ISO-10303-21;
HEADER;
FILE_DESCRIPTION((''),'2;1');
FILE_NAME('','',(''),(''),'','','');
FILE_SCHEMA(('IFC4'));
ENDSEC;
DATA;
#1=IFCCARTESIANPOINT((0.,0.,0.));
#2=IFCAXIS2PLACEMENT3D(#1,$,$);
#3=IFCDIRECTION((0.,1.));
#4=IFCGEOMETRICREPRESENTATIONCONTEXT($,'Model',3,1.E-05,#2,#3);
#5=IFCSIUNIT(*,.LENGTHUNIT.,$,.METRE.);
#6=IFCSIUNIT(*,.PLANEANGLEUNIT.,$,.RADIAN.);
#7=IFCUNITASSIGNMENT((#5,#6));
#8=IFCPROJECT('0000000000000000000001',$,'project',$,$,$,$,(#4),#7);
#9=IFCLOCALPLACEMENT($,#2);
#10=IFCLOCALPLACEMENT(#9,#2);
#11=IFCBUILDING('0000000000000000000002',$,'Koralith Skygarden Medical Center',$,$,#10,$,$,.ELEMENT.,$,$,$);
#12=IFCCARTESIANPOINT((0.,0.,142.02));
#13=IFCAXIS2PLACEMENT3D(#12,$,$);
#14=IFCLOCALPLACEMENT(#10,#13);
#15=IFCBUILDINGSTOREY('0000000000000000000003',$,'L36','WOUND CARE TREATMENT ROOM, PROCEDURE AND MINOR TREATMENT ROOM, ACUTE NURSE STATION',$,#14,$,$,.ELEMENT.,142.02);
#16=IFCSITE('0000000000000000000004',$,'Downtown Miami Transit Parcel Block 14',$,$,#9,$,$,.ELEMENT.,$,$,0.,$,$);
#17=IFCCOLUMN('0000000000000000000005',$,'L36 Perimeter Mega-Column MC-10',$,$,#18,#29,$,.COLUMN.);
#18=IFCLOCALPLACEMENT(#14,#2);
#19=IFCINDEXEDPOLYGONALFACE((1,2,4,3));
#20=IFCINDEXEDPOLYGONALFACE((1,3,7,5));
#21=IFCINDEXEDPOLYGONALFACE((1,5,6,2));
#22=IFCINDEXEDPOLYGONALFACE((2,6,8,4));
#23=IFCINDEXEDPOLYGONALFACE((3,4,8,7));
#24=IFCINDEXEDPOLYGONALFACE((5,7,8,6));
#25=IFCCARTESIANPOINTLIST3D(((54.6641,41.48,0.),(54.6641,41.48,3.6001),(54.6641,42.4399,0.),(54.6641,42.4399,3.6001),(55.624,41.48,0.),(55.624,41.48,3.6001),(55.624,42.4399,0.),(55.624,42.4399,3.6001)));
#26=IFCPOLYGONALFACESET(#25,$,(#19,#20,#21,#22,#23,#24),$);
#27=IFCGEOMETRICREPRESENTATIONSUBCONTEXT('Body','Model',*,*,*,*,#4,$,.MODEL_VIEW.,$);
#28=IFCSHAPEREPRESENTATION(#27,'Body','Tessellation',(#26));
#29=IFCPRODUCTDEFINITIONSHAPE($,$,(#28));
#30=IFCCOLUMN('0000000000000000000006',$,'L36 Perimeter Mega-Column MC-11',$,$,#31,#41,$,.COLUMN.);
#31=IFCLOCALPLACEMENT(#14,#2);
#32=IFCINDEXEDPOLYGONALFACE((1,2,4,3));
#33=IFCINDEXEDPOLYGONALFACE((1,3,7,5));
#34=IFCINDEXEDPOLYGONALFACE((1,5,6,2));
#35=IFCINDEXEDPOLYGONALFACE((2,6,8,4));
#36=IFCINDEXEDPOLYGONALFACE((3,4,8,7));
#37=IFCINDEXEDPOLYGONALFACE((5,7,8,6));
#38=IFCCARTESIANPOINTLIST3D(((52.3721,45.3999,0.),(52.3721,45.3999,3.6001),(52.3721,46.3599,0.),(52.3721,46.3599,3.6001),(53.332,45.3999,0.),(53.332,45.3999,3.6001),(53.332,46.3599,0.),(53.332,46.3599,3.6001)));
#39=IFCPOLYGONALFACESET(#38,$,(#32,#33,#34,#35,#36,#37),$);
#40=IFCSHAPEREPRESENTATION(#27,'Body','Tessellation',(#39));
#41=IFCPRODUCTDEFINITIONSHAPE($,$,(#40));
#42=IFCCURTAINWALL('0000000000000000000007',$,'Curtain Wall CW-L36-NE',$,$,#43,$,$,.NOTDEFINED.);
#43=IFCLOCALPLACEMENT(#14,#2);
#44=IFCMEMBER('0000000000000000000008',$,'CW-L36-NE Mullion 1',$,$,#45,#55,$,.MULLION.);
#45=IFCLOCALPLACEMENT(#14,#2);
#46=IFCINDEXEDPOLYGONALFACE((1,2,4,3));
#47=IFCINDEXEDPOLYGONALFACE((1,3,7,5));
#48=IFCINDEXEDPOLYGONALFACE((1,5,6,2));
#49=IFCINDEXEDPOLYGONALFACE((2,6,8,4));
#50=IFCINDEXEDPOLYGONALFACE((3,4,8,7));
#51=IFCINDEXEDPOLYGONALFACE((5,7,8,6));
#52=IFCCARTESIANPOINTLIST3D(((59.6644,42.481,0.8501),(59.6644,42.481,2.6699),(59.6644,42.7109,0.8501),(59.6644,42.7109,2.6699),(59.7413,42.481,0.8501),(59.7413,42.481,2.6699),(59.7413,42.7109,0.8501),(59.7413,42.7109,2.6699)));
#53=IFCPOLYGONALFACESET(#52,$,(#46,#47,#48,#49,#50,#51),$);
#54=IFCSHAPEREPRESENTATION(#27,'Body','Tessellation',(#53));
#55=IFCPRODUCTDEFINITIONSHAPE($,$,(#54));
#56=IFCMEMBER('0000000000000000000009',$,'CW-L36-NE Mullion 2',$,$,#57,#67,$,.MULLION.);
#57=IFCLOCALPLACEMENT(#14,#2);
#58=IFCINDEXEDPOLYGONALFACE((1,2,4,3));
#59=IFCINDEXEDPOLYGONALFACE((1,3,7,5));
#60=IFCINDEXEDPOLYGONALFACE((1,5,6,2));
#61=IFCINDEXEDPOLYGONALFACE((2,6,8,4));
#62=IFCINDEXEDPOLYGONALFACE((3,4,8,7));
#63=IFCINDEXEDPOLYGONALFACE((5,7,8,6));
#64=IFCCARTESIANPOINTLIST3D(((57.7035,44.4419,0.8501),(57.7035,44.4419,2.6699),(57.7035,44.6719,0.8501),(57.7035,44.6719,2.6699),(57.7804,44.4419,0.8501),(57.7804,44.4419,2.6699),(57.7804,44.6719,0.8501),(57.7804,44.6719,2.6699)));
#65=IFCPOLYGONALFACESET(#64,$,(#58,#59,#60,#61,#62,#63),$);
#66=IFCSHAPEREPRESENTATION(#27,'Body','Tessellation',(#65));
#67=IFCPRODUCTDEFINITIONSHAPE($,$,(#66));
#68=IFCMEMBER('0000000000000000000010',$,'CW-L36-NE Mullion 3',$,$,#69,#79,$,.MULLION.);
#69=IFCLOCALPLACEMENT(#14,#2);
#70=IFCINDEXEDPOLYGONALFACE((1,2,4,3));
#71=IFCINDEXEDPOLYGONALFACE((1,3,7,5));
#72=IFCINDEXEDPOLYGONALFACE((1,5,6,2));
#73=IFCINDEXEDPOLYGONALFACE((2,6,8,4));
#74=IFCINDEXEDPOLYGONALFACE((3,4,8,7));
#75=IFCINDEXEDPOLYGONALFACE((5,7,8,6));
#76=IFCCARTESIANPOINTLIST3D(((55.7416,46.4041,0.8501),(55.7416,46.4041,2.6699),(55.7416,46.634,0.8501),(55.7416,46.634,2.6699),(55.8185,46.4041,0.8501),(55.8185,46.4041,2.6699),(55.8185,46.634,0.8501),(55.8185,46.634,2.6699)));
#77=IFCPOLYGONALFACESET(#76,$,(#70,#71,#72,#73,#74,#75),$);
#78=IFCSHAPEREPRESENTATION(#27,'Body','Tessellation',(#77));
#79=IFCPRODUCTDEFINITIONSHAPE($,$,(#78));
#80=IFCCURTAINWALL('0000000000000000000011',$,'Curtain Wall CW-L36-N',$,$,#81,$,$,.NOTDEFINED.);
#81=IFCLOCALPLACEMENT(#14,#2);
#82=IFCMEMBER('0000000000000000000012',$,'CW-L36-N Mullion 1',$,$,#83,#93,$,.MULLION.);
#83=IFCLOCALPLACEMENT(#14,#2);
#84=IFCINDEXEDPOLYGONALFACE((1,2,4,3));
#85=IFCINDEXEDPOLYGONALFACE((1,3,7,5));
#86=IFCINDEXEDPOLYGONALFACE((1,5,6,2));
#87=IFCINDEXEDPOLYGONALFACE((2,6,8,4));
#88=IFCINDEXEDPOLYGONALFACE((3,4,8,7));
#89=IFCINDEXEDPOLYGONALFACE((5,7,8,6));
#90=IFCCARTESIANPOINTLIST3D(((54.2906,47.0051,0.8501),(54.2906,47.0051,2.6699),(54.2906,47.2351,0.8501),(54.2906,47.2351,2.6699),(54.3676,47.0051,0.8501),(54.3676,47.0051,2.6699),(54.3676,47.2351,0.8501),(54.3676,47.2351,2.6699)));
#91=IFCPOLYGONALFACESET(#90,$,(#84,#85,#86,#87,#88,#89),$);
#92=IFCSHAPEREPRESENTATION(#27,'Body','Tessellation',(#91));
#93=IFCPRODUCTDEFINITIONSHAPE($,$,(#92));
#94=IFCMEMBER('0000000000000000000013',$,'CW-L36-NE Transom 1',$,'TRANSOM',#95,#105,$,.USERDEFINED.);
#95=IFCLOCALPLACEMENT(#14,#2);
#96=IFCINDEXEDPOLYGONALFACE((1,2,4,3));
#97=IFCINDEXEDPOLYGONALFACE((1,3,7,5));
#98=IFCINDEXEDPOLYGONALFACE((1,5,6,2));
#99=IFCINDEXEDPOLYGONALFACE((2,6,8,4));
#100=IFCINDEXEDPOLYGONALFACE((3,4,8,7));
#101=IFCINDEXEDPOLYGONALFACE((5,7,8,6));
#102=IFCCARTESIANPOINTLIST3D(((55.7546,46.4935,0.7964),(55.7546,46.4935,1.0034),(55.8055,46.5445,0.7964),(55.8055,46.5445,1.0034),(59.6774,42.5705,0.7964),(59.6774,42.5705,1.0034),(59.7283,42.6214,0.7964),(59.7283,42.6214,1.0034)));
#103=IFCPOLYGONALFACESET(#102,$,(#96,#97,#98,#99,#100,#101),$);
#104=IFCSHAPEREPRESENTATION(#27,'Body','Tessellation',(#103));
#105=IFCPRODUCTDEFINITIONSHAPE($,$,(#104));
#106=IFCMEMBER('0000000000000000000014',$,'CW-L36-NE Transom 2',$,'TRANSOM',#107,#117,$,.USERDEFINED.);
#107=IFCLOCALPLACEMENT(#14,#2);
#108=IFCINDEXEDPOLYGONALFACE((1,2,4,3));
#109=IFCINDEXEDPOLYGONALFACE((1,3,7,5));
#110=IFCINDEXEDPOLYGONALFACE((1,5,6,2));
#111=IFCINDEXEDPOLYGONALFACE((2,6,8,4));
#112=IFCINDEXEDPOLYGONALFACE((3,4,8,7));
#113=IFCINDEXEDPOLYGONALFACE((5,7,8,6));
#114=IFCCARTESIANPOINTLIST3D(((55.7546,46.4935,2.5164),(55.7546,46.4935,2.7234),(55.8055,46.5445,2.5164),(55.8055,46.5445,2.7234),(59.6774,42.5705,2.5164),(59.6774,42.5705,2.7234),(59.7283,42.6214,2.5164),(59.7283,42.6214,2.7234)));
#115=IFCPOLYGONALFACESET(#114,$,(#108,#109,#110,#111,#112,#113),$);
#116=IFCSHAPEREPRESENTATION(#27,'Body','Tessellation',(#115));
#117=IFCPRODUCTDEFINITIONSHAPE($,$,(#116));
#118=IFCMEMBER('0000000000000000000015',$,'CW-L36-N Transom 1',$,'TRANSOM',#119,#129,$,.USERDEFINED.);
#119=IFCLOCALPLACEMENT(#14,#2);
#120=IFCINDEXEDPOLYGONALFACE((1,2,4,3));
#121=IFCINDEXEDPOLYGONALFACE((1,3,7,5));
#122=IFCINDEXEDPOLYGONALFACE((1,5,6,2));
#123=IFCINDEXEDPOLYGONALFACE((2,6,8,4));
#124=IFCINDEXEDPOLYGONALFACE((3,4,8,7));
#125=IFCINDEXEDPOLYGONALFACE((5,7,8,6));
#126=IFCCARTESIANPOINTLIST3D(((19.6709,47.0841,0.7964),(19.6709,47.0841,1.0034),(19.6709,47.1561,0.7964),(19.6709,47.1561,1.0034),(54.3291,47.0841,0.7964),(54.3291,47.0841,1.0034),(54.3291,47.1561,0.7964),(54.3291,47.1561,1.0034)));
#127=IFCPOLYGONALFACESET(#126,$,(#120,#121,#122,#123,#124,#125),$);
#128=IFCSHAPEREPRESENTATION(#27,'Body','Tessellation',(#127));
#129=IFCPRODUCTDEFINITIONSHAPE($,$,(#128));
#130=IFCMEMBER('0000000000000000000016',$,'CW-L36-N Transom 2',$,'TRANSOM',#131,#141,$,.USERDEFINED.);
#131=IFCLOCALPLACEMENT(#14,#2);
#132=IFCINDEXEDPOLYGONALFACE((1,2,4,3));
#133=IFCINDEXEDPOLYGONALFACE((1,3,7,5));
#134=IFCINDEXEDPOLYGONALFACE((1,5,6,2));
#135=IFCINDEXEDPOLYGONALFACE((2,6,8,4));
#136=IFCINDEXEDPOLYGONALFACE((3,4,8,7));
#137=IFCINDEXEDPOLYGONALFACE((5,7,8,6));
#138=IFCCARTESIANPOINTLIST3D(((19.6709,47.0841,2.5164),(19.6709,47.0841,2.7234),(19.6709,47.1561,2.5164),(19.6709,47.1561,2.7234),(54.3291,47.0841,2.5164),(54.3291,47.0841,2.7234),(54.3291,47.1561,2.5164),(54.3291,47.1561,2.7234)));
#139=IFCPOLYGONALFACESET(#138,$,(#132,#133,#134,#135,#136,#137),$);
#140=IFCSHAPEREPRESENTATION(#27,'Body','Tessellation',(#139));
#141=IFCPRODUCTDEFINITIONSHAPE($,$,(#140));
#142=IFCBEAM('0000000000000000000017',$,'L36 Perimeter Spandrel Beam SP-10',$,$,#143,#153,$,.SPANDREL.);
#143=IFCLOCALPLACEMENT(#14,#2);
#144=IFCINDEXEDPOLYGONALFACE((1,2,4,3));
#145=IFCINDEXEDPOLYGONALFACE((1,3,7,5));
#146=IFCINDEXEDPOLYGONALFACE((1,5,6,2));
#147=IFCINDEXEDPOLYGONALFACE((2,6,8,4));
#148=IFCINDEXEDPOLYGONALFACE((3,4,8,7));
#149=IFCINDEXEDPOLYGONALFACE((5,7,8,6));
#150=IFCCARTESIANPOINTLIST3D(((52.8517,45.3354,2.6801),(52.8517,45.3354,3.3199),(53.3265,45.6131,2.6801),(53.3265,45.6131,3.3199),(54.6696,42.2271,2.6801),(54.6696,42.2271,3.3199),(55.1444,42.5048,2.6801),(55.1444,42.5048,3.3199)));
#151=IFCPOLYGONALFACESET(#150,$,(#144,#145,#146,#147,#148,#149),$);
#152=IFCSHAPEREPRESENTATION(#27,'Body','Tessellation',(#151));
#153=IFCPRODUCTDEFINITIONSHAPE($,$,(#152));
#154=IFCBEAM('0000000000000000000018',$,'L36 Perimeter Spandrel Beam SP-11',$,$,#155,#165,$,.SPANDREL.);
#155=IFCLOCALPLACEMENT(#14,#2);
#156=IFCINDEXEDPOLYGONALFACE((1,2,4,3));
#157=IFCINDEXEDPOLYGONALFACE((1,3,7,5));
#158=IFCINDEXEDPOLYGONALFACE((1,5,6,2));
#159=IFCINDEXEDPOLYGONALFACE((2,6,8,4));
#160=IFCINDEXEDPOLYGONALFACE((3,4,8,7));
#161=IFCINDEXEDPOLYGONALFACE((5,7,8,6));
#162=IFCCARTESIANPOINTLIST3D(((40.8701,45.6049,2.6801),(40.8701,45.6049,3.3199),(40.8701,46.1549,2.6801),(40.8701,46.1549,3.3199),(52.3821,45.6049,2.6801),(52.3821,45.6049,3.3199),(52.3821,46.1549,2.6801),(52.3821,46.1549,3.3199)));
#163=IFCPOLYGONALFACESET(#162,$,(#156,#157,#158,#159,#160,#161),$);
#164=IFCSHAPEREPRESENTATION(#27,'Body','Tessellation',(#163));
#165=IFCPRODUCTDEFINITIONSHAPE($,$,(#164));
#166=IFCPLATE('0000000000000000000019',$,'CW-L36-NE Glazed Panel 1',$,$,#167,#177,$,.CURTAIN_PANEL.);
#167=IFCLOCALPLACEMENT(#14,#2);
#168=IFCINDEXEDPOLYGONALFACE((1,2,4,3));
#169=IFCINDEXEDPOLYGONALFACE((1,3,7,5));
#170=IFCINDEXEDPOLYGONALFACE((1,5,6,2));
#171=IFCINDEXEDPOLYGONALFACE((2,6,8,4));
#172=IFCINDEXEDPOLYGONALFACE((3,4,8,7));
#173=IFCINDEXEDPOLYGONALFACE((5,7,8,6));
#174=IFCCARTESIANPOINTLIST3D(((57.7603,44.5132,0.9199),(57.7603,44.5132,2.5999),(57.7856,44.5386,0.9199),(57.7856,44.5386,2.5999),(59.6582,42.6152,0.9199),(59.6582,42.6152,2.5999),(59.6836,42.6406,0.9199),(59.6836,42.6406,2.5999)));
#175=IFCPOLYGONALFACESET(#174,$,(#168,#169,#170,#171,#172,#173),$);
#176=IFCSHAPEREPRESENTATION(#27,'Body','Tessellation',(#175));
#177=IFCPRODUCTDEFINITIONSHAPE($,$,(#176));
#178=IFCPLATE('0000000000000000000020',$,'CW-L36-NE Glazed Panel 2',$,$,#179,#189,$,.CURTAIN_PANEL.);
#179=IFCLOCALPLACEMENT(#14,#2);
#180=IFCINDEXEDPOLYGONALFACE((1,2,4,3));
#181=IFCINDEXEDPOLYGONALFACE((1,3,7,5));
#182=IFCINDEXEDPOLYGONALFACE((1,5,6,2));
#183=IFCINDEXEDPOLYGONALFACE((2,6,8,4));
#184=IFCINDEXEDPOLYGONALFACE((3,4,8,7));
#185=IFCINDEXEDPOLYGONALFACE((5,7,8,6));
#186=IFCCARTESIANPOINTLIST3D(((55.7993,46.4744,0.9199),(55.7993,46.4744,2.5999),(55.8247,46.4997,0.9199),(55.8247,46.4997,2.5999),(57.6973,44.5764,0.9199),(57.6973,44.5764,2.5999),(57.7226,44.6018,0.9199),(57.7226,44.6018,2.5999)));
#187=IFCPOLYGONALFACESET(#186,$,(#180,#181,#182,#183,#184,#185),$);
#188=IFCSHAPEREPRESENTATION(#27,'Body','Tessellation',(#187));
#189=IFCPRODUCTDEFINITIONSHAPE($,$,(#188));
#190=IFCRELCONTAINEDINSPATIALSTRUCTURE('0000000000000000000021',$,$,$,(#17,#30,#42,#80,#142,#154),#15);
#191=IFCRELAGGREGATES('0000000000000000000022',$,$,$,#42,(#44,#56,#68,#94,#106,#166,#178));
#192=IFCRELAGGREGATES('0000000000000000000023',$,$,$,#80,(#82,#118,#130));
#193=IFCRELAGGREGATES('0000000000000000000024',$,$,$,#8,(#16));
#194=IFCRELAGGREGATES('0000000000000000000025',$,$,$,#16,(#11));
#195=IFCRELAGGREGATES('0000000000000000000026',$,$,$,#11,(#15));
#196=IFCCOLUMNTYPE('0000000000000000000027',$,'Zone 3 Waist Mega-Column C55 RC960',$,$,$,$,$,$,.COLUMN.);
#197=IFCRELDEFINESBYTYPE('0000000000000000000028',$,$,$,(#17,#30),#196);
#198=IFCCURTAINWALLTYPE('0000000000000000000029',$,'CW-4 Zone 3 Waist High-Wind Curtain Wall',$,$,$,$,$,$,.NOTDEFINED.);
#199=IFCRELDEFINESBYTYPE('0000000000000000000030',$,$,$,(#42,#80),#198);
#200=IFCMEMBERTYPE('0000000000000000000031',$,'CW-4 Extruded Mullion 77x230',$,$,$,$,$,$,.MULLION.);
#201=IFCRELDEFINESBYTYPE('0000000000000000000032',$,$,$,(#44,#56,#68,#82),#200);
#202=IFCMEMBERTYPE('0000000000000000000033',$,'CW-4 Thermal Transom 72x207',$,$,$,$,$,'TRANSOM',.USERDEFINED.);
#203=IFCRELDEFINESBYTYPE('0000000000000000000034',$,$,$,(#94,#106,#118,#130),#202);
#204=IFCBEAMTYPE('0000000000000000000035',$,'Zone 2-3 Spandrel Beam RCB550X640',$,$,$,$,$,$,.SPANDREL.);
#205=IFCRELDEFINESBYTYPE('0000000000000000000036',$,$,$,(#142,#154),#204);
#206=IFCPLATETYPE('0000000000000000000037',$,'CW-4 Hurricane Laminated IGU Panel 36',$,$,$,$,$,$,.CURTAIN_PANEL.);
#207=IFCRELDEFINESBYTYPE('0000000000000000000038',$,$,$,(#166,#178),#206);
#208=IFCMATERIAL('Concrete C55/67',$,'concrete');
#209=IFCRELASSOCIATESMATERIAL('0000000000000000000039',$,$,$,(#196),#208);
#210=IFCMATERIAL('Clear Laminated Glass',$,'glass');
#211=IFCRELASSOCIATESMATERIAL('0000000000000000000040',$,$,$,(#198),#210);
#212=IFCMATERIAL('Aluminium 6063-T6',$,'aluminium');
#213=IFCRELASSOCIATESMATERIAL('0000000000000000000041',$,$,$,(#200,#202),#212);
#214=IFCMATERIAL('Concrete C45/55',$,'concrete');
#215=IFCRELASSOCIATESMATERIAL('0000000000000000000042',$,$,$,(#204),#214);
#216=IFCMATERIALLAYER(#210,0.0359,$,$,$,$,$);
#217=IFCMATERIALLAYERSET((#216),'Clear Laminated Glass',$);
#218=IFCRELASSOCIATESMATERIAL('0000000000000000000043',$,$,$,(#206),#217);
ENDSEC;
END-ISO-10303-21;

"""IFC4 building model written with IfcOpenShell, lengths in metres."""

from ifc_helpers import new_model, si_unit, direction, frame, origin, origin_2d, place, context, subcontext, project, spatial, rectangle, extrude, material, layer, layer_set, material_profile, profile_set, type_object, element, aggregate, save


model = new_model("IFC4")

# Units and contexts
model_context = context("Model", 3, precision=1e-05, world=origin(), true_north=direction((0.0, 1.0)))
body_context = subcontext(model_context, "Body", "Model", "MODEL_VIEW")
ifc_project = project(units=[si_unit("LENGTHUNIT", "METRE"), si_unit("PLANEANGLEUNIT", "RADIAN")], contexts=[model_context])

# Site, building, storey
site_placement = place(None, origin())
site = spatial("IfcSite", under=ifc_project, at=site_placement, Name="Downtown Miami Transit Parcel Block 14", CompositionType="ELEMENT", RefElevation=0.0)
building_placement = place(site_placement, origin())
building = spatial("IfcBuilding", under=site, at=building_placement, Name="Koralith Skygarden Medical Center", CompositionType="ELEMENT")
storey_placement = place(building_placement, frame((0.0, 0.0, 142.02)))
storey = spatial("IfcBuildingStorey", under=building, at=storey_placement, Name="L36", Description="WOUND CARE TREATMENT ROOM, PROCEDURE AND MINOR TREATMENT ROOM, ACUTE NURSE STATION", CompositionType="ELEMENT", Elevation=142.02)

# Columns
ifc_material_1 = material(Name="Concrete C55/67", Category="concrete")
ifc_material_profile_1 = material_profile(ifc_material_1, rectangle(XDim=0.96, YDim=0.96, at=origin_2d()), Name="RC960X960")
ifc_profile_set_1 = profile_set([ifc_material_profile_1], Name="Concrete C55/67")
column_type = type_object("IfcColumnType", Name="Zone 3 Waist Mega-Column C55 RC960", PredefinedType="COLUMN", material=ifc_profile_set_1)
for number, where, z_axis, x_axis, name in (
    (1, (55.144, 41.96, 0.0), (0.0, 0.0, 1.0), (1.0, 0.0, 0.0), "L36 Perimeter Mega-Column MC-10"),
    (2, (52.8521, 45.8799, 0.0), (0.0, 0.0, 1.0), (1.0, 0.0, 0.0), "L36 Perimeter Mega-Column MC-11"),
):
    element("IfcColumn", number, at=place(storey_placement, frame(where, z_axis=z_axis, x_axis=x_axis)), inside=storey, type_object=column_type, Name=name, PredefinedType="COLUMN", context=body_context, shape_type="SweptSolid", body=[
        extrude(rectangle(XDim=0.96, YDim=0.96, at=origin_2d()), origin(), (0.0, 0.0, 1.0), 3.6001),
    ])

# Curtain wall, members
ifc_material_2 = material(Name="Clear Laminated Glass", Category="glass")
curtain_wall_type = type_object("IfcCurtainWallType", Name="CW-4 Zone 3 Waist High-Wind Curtain Wall", PredefinedType="NOTDEFINED", material=ifc_material_2)
curtain_wall_1_placement = place(storey_placement, origin())
curtain_wall_1 = element("IfcCurtainWall", 3, at=curtain_wall_1_placement, inside=storey, type_object=curtain_wall_type, Name="Curtain Wall CW-L36-NE", PredefinedType="NOTDEFINED")
ifc_material_3 = material(Name="Aluminium 6063-T6", Category="aluminium")
ifc_material_profile_2 = material_profile(ifc_material_3, rectangle(XDim=0.0769, YDim=0.23, at=origin_2d()), Name="MUL77X230")
ifc_profile_set_2 = profile_set([ifc_material_profile_2], Name="Aluminium 6063-T6")
member_type_1 = type_object("IfcMemberType", Name="CW-4 Extruded Mullion 77x230", PredefinedType="MULLION", material=ifc_profile_set_2)
member_1_placement = place(storey_placement, frame((59.7029, 42.5959, 0.8501), z_axis=(0.0, 0.0, 1.0), x_axis=(1.0, 0.0, 0.0)))
member_1 = element("IfcMember", 4, at=member_1_placement, type_object=member_type_1, Name="CW-L36-NE Mullion 1", PredefinedType="MULLION", context=body_context, shape_type="SweptSolid", body=[
    extrude(rectangle(XDim=0.0769, YDim=0.23, at=origin_2d()), origin(), (0.0, 0.0, 1.0), 1.8198),
])
member_2_placement = place(storey_placement, frame((57.7419, 44.5569, 0.8501), z_axis=(0.0, 0.0, 1.0), x_axis=(1.0, 0.0, 0.0)))
member_2 = element("IfcMember", 5, at=member_2_placement, type_object=member_type_1, Name="CW-L36-NE Mullion 2", PredefinedType="MULLION", context=body_context, shape_type="SweptSolid", body=[
    extrude(rectangle(XDim=0.0769, YDim=0.23, at=origin_2d()), origin(), (0.0, 0.0, 1.0), 1.8198),
])
member_3_placement = place(storey_placement, frame((55.78, 46.519, 0.8501), z_axis=(0.0, 0.0, 1.0), x_axis=(1.0, 0.0, 0.0)))
member_3 = element("IfcMember", 6, at=member_3_placement, type_object=member_type_1, Name="CW-L36-NE Mullion 3", PredefinedType="MULLION", context=body_context, shape_type="SweptSolid", body=[
    extrude(rectangle(XDim=0.0769, YDim=0.23, at=origin_2d()), origin(), (0.0, 0.0, 1.0), 1.8198),
])

# Curtain wall, member
curtain_wall_2_placement = place(storey_placement, origin())
curtain_wall_2 = element("IfcCurtainWall", 7, at=curtain_wall_2_placement, inside=storey, type_object=curtain_wall_type, Name="Curtain Wall CW-L36-N", PredefinedType="NOTDEFINED")
member_4_placement = place(storey_placement, frame((54.3291, 47.1201, 0.8501), z_axis=(0.0, 0.0, 1.0), x_axis=(1.0, 0.0, 0.0)))
member_4 = element("IfcMember", 8, at=member_4_placement, type_object=member_type_1, Name="CW-L36-N Mullion 1", PredefinedType="MULLION", context=body_context, shape_type="SweptSolid", body=[
    extrude(rectangle(XDim=0.0769, YDim=0.23, at=origin_2d()), origin(), (0.0, 0.0, 1.0), 1.8198),
])

# Members
ifc_material_profile_3 = material_profile(ifc_material_3, rectangle(XDim=0.072, YDim=0.207, at=origin_2d()), Name="TRN72X207")
ifc_profile_set_3 = profile_set([ifc_material_profile_3], Name="Aluminium 6063-T6")
member_type_2 = type_object("IfcMemberType", Name="CW-4 Thermal Transom 72x207", ElementType="TRANSOM", PredefinedType="USERDEFINED", material=ifc_profile_set_3)
member_5_placement = place(storey_placement, frame((59.7029, 42.5959, 0.8999), z_axis=(-0.707085, 0.707129, 0.0), x_axis=(-0.707129, -0.707085, 0.0)))
member_5 = element("IfcMember", 9, at=member_5_placement, type_object=member_type_2, Name="CW-L36-NE Transom 1", ObjectType="TRANSOM", PredefinedType="USERDEFINED", context=body_context, shape_type="SweptSolid", body=[
    extrude(rectangle(XDim=0.072, YDim=0.207, at=origin_2d()), origin(), (0.0, 0.0, 1.0), 5.5479),
])
member_6_placement = place(storey_placement, frame((59.7029, 42.5959, 2.6199), z_axis=(-0.707085, 0.707129, 0.0), x_axis=(-0.707129, -0.707085, 0.0)))
member_6 = element("IfcMember", 10, at=member_6_placement, type_object=member_type_2, Name="CW-L36-NE Transom 2", ObjectType="TRANSOM", PredefinedType="USERDEFINED", context=body_context, shape_type="SweptSolid", body=[
    extrude(rectangle(XDim=0.072, YDim=0.207, at=origin_2d()), origin(), (0.0, 0.0, 1.0), 5.5479),
])
member_7_placement = place(storey_placement, frame((54.3291, 47.1201, 0.8999), z_axis=(-1.0, 0.0, 0.0), x_axis=(0.0, -1.0, 0.0)))
member_7 = element("IfcMember", 11, at=member_7_placement, type_object=member_type_2, Name="CW-L36-N Transom 1", ObjectType="TRANSOM", PredefinedType="USERDEFINED", context=body_context, shape_type="SweptSolid", body=[
    extrude(rectangle(XDim=0.072, YDim=0.207, at=origin_2d()), origin(), (0.0, 0.0, 1.0), 34.6582),
])
member_8_placement = place(storey_placement, frame((54.3291, 47.1201, 2.6199), z_axis=(-1.0, 0.0, 0.0), x_axis=(0.0, -1.0, 0.0)))
member_8 = element("IfcMember", 12, at=member_8_placement, type_object=member_type_2, Name="CW-L36-N Transom 2", ObjectType="TRANSOM", PredefinedType="USERDEFINED", context=body_context, shape_type="SweptSolid", body=[
    extrude(rectangle(XDim=0.072, YDim=0.207, at=origin_2d()), origin(), (0.0, 0.0, 1.0), 34.6582),
])

# Beams
ifc_material_4 = material(Name="Concrete C45/55", Category="concrete")
ifc_material_profile_4 = material_profile(ifc_material_4, rectangle(XDim=0.55, YDim=0.6399, at=origin_2d()), Name="RCB550X640")
ifc_profile_set_4 = profile_set([ifc_material_profile_4], Name="Concrete C45/55")
beam_type = type_object("IfcBeamType", Name="Zone 2-3 Spandrel Beam RCB550X640", PredefinedType="SPANDREL", material=ifc_profile_set_4)
beam_1_placement = place(storey_placement, frame((54.907, 42.366, 3.0), z_axis=(-0.504861, 0.8632, 0.0), x_axis=(-0.8632, -0.504861, 0.0)))
element("IfcBeam", 13, at=beam_1_placement, inside=storey, type_object=beam_type, Name="L36 Perimeter Spandrel Beam SP-10", PredefinedType="SPANDREL", context=body_context, shape_type="SweptSolid", body=[
    extrude(rectangle(XDim=0.55, YDim=0.6399, at=origin_2d()), origin(), (0.0, 0.0, 1.0), 3.6008),
])
beam_2_placement = place(storey_placement, frame((52.3821, 45.8799, 3.0), z_axis=(-1.0, 0.0, 0.0), x_axis=(0.0, -1.0, 0.0)))
element("IfcBeam", 14, at=beam_2_placement, inside=storey, type_object=beam_type, Name="L36 Perimeter Spandrel Beam SP-11", PredefinedType="SPANDREL", context=body_context, shape_type="SweptSolid", body=[
    extrude(rectangle(XDim=0.55, YDim=0.6399, at=origin_2d()), origin(), (0.0, 0.0, 1.0), 11.512),
])

# Plates
ifc_layer_1 = layer(ifc_material_2, 0.0359)
ifc_layer_set_1 = layer_set([ifc_layer_1], Name="Clear Laminated Glass")
plate_type_1 = type_object("IfcPlateType", Name="CW-4 Hurricane Laminated IGU Panel 36", PredefinedType="CURTAIN_PANEL", material=ifc_layer_set_1)
plate_1_placement = place(storey_placement, frame((58.7219, 43.5769, 0.9199), z_axis=(0.0, 0.0, 1.0), x_axis=(-0.707107, 0.707107, 0.0)))
plate_1 = element("IfcPlate", 15, at=plate_1_placement, type_object=plate_type_1, Name="CW-L36-NE Glazed Panel 1", PredefinedType="CURTAIN_PANEL", context=body_context, shape_type="SweptSolid", body=[
    extrude(rectangle(XDim=2.6841, YDim=0.0359, at=origin_2d()), origin(), (0.0, 0.0, 1.0), 1.6799),
])
plate_2_placement = place(storey_placement, frame((56.761, 45.5381, 0.9199), z_axis=(0.0, 0.0, 1.0), x_axis=(-0.707107, 0.707107, 0.0)))
plate_2 = element("IfcPlate", 16, at=plate_2_placement, type_object=plate_type_1, Name="CW-L36-NE Glazed Panel 2", PredefinedType="CURTAIN_PANEL", context=body_context, shape_type="SweptSolid", body=[
    extrude(rectangle(XDim=2.6841, YDim=0.0359, at=origin_2d()), origin(), (0.0, 0.0, 1.0), 1.6799),
])
aggregate(curtain_wall_1, [member_1, member_2, member_3, member_5, member_6, plate_1, plate_2])
aggregate(curtain_wall_2, [member_4, member_7, member_8])

save(model, "model.ifc")
